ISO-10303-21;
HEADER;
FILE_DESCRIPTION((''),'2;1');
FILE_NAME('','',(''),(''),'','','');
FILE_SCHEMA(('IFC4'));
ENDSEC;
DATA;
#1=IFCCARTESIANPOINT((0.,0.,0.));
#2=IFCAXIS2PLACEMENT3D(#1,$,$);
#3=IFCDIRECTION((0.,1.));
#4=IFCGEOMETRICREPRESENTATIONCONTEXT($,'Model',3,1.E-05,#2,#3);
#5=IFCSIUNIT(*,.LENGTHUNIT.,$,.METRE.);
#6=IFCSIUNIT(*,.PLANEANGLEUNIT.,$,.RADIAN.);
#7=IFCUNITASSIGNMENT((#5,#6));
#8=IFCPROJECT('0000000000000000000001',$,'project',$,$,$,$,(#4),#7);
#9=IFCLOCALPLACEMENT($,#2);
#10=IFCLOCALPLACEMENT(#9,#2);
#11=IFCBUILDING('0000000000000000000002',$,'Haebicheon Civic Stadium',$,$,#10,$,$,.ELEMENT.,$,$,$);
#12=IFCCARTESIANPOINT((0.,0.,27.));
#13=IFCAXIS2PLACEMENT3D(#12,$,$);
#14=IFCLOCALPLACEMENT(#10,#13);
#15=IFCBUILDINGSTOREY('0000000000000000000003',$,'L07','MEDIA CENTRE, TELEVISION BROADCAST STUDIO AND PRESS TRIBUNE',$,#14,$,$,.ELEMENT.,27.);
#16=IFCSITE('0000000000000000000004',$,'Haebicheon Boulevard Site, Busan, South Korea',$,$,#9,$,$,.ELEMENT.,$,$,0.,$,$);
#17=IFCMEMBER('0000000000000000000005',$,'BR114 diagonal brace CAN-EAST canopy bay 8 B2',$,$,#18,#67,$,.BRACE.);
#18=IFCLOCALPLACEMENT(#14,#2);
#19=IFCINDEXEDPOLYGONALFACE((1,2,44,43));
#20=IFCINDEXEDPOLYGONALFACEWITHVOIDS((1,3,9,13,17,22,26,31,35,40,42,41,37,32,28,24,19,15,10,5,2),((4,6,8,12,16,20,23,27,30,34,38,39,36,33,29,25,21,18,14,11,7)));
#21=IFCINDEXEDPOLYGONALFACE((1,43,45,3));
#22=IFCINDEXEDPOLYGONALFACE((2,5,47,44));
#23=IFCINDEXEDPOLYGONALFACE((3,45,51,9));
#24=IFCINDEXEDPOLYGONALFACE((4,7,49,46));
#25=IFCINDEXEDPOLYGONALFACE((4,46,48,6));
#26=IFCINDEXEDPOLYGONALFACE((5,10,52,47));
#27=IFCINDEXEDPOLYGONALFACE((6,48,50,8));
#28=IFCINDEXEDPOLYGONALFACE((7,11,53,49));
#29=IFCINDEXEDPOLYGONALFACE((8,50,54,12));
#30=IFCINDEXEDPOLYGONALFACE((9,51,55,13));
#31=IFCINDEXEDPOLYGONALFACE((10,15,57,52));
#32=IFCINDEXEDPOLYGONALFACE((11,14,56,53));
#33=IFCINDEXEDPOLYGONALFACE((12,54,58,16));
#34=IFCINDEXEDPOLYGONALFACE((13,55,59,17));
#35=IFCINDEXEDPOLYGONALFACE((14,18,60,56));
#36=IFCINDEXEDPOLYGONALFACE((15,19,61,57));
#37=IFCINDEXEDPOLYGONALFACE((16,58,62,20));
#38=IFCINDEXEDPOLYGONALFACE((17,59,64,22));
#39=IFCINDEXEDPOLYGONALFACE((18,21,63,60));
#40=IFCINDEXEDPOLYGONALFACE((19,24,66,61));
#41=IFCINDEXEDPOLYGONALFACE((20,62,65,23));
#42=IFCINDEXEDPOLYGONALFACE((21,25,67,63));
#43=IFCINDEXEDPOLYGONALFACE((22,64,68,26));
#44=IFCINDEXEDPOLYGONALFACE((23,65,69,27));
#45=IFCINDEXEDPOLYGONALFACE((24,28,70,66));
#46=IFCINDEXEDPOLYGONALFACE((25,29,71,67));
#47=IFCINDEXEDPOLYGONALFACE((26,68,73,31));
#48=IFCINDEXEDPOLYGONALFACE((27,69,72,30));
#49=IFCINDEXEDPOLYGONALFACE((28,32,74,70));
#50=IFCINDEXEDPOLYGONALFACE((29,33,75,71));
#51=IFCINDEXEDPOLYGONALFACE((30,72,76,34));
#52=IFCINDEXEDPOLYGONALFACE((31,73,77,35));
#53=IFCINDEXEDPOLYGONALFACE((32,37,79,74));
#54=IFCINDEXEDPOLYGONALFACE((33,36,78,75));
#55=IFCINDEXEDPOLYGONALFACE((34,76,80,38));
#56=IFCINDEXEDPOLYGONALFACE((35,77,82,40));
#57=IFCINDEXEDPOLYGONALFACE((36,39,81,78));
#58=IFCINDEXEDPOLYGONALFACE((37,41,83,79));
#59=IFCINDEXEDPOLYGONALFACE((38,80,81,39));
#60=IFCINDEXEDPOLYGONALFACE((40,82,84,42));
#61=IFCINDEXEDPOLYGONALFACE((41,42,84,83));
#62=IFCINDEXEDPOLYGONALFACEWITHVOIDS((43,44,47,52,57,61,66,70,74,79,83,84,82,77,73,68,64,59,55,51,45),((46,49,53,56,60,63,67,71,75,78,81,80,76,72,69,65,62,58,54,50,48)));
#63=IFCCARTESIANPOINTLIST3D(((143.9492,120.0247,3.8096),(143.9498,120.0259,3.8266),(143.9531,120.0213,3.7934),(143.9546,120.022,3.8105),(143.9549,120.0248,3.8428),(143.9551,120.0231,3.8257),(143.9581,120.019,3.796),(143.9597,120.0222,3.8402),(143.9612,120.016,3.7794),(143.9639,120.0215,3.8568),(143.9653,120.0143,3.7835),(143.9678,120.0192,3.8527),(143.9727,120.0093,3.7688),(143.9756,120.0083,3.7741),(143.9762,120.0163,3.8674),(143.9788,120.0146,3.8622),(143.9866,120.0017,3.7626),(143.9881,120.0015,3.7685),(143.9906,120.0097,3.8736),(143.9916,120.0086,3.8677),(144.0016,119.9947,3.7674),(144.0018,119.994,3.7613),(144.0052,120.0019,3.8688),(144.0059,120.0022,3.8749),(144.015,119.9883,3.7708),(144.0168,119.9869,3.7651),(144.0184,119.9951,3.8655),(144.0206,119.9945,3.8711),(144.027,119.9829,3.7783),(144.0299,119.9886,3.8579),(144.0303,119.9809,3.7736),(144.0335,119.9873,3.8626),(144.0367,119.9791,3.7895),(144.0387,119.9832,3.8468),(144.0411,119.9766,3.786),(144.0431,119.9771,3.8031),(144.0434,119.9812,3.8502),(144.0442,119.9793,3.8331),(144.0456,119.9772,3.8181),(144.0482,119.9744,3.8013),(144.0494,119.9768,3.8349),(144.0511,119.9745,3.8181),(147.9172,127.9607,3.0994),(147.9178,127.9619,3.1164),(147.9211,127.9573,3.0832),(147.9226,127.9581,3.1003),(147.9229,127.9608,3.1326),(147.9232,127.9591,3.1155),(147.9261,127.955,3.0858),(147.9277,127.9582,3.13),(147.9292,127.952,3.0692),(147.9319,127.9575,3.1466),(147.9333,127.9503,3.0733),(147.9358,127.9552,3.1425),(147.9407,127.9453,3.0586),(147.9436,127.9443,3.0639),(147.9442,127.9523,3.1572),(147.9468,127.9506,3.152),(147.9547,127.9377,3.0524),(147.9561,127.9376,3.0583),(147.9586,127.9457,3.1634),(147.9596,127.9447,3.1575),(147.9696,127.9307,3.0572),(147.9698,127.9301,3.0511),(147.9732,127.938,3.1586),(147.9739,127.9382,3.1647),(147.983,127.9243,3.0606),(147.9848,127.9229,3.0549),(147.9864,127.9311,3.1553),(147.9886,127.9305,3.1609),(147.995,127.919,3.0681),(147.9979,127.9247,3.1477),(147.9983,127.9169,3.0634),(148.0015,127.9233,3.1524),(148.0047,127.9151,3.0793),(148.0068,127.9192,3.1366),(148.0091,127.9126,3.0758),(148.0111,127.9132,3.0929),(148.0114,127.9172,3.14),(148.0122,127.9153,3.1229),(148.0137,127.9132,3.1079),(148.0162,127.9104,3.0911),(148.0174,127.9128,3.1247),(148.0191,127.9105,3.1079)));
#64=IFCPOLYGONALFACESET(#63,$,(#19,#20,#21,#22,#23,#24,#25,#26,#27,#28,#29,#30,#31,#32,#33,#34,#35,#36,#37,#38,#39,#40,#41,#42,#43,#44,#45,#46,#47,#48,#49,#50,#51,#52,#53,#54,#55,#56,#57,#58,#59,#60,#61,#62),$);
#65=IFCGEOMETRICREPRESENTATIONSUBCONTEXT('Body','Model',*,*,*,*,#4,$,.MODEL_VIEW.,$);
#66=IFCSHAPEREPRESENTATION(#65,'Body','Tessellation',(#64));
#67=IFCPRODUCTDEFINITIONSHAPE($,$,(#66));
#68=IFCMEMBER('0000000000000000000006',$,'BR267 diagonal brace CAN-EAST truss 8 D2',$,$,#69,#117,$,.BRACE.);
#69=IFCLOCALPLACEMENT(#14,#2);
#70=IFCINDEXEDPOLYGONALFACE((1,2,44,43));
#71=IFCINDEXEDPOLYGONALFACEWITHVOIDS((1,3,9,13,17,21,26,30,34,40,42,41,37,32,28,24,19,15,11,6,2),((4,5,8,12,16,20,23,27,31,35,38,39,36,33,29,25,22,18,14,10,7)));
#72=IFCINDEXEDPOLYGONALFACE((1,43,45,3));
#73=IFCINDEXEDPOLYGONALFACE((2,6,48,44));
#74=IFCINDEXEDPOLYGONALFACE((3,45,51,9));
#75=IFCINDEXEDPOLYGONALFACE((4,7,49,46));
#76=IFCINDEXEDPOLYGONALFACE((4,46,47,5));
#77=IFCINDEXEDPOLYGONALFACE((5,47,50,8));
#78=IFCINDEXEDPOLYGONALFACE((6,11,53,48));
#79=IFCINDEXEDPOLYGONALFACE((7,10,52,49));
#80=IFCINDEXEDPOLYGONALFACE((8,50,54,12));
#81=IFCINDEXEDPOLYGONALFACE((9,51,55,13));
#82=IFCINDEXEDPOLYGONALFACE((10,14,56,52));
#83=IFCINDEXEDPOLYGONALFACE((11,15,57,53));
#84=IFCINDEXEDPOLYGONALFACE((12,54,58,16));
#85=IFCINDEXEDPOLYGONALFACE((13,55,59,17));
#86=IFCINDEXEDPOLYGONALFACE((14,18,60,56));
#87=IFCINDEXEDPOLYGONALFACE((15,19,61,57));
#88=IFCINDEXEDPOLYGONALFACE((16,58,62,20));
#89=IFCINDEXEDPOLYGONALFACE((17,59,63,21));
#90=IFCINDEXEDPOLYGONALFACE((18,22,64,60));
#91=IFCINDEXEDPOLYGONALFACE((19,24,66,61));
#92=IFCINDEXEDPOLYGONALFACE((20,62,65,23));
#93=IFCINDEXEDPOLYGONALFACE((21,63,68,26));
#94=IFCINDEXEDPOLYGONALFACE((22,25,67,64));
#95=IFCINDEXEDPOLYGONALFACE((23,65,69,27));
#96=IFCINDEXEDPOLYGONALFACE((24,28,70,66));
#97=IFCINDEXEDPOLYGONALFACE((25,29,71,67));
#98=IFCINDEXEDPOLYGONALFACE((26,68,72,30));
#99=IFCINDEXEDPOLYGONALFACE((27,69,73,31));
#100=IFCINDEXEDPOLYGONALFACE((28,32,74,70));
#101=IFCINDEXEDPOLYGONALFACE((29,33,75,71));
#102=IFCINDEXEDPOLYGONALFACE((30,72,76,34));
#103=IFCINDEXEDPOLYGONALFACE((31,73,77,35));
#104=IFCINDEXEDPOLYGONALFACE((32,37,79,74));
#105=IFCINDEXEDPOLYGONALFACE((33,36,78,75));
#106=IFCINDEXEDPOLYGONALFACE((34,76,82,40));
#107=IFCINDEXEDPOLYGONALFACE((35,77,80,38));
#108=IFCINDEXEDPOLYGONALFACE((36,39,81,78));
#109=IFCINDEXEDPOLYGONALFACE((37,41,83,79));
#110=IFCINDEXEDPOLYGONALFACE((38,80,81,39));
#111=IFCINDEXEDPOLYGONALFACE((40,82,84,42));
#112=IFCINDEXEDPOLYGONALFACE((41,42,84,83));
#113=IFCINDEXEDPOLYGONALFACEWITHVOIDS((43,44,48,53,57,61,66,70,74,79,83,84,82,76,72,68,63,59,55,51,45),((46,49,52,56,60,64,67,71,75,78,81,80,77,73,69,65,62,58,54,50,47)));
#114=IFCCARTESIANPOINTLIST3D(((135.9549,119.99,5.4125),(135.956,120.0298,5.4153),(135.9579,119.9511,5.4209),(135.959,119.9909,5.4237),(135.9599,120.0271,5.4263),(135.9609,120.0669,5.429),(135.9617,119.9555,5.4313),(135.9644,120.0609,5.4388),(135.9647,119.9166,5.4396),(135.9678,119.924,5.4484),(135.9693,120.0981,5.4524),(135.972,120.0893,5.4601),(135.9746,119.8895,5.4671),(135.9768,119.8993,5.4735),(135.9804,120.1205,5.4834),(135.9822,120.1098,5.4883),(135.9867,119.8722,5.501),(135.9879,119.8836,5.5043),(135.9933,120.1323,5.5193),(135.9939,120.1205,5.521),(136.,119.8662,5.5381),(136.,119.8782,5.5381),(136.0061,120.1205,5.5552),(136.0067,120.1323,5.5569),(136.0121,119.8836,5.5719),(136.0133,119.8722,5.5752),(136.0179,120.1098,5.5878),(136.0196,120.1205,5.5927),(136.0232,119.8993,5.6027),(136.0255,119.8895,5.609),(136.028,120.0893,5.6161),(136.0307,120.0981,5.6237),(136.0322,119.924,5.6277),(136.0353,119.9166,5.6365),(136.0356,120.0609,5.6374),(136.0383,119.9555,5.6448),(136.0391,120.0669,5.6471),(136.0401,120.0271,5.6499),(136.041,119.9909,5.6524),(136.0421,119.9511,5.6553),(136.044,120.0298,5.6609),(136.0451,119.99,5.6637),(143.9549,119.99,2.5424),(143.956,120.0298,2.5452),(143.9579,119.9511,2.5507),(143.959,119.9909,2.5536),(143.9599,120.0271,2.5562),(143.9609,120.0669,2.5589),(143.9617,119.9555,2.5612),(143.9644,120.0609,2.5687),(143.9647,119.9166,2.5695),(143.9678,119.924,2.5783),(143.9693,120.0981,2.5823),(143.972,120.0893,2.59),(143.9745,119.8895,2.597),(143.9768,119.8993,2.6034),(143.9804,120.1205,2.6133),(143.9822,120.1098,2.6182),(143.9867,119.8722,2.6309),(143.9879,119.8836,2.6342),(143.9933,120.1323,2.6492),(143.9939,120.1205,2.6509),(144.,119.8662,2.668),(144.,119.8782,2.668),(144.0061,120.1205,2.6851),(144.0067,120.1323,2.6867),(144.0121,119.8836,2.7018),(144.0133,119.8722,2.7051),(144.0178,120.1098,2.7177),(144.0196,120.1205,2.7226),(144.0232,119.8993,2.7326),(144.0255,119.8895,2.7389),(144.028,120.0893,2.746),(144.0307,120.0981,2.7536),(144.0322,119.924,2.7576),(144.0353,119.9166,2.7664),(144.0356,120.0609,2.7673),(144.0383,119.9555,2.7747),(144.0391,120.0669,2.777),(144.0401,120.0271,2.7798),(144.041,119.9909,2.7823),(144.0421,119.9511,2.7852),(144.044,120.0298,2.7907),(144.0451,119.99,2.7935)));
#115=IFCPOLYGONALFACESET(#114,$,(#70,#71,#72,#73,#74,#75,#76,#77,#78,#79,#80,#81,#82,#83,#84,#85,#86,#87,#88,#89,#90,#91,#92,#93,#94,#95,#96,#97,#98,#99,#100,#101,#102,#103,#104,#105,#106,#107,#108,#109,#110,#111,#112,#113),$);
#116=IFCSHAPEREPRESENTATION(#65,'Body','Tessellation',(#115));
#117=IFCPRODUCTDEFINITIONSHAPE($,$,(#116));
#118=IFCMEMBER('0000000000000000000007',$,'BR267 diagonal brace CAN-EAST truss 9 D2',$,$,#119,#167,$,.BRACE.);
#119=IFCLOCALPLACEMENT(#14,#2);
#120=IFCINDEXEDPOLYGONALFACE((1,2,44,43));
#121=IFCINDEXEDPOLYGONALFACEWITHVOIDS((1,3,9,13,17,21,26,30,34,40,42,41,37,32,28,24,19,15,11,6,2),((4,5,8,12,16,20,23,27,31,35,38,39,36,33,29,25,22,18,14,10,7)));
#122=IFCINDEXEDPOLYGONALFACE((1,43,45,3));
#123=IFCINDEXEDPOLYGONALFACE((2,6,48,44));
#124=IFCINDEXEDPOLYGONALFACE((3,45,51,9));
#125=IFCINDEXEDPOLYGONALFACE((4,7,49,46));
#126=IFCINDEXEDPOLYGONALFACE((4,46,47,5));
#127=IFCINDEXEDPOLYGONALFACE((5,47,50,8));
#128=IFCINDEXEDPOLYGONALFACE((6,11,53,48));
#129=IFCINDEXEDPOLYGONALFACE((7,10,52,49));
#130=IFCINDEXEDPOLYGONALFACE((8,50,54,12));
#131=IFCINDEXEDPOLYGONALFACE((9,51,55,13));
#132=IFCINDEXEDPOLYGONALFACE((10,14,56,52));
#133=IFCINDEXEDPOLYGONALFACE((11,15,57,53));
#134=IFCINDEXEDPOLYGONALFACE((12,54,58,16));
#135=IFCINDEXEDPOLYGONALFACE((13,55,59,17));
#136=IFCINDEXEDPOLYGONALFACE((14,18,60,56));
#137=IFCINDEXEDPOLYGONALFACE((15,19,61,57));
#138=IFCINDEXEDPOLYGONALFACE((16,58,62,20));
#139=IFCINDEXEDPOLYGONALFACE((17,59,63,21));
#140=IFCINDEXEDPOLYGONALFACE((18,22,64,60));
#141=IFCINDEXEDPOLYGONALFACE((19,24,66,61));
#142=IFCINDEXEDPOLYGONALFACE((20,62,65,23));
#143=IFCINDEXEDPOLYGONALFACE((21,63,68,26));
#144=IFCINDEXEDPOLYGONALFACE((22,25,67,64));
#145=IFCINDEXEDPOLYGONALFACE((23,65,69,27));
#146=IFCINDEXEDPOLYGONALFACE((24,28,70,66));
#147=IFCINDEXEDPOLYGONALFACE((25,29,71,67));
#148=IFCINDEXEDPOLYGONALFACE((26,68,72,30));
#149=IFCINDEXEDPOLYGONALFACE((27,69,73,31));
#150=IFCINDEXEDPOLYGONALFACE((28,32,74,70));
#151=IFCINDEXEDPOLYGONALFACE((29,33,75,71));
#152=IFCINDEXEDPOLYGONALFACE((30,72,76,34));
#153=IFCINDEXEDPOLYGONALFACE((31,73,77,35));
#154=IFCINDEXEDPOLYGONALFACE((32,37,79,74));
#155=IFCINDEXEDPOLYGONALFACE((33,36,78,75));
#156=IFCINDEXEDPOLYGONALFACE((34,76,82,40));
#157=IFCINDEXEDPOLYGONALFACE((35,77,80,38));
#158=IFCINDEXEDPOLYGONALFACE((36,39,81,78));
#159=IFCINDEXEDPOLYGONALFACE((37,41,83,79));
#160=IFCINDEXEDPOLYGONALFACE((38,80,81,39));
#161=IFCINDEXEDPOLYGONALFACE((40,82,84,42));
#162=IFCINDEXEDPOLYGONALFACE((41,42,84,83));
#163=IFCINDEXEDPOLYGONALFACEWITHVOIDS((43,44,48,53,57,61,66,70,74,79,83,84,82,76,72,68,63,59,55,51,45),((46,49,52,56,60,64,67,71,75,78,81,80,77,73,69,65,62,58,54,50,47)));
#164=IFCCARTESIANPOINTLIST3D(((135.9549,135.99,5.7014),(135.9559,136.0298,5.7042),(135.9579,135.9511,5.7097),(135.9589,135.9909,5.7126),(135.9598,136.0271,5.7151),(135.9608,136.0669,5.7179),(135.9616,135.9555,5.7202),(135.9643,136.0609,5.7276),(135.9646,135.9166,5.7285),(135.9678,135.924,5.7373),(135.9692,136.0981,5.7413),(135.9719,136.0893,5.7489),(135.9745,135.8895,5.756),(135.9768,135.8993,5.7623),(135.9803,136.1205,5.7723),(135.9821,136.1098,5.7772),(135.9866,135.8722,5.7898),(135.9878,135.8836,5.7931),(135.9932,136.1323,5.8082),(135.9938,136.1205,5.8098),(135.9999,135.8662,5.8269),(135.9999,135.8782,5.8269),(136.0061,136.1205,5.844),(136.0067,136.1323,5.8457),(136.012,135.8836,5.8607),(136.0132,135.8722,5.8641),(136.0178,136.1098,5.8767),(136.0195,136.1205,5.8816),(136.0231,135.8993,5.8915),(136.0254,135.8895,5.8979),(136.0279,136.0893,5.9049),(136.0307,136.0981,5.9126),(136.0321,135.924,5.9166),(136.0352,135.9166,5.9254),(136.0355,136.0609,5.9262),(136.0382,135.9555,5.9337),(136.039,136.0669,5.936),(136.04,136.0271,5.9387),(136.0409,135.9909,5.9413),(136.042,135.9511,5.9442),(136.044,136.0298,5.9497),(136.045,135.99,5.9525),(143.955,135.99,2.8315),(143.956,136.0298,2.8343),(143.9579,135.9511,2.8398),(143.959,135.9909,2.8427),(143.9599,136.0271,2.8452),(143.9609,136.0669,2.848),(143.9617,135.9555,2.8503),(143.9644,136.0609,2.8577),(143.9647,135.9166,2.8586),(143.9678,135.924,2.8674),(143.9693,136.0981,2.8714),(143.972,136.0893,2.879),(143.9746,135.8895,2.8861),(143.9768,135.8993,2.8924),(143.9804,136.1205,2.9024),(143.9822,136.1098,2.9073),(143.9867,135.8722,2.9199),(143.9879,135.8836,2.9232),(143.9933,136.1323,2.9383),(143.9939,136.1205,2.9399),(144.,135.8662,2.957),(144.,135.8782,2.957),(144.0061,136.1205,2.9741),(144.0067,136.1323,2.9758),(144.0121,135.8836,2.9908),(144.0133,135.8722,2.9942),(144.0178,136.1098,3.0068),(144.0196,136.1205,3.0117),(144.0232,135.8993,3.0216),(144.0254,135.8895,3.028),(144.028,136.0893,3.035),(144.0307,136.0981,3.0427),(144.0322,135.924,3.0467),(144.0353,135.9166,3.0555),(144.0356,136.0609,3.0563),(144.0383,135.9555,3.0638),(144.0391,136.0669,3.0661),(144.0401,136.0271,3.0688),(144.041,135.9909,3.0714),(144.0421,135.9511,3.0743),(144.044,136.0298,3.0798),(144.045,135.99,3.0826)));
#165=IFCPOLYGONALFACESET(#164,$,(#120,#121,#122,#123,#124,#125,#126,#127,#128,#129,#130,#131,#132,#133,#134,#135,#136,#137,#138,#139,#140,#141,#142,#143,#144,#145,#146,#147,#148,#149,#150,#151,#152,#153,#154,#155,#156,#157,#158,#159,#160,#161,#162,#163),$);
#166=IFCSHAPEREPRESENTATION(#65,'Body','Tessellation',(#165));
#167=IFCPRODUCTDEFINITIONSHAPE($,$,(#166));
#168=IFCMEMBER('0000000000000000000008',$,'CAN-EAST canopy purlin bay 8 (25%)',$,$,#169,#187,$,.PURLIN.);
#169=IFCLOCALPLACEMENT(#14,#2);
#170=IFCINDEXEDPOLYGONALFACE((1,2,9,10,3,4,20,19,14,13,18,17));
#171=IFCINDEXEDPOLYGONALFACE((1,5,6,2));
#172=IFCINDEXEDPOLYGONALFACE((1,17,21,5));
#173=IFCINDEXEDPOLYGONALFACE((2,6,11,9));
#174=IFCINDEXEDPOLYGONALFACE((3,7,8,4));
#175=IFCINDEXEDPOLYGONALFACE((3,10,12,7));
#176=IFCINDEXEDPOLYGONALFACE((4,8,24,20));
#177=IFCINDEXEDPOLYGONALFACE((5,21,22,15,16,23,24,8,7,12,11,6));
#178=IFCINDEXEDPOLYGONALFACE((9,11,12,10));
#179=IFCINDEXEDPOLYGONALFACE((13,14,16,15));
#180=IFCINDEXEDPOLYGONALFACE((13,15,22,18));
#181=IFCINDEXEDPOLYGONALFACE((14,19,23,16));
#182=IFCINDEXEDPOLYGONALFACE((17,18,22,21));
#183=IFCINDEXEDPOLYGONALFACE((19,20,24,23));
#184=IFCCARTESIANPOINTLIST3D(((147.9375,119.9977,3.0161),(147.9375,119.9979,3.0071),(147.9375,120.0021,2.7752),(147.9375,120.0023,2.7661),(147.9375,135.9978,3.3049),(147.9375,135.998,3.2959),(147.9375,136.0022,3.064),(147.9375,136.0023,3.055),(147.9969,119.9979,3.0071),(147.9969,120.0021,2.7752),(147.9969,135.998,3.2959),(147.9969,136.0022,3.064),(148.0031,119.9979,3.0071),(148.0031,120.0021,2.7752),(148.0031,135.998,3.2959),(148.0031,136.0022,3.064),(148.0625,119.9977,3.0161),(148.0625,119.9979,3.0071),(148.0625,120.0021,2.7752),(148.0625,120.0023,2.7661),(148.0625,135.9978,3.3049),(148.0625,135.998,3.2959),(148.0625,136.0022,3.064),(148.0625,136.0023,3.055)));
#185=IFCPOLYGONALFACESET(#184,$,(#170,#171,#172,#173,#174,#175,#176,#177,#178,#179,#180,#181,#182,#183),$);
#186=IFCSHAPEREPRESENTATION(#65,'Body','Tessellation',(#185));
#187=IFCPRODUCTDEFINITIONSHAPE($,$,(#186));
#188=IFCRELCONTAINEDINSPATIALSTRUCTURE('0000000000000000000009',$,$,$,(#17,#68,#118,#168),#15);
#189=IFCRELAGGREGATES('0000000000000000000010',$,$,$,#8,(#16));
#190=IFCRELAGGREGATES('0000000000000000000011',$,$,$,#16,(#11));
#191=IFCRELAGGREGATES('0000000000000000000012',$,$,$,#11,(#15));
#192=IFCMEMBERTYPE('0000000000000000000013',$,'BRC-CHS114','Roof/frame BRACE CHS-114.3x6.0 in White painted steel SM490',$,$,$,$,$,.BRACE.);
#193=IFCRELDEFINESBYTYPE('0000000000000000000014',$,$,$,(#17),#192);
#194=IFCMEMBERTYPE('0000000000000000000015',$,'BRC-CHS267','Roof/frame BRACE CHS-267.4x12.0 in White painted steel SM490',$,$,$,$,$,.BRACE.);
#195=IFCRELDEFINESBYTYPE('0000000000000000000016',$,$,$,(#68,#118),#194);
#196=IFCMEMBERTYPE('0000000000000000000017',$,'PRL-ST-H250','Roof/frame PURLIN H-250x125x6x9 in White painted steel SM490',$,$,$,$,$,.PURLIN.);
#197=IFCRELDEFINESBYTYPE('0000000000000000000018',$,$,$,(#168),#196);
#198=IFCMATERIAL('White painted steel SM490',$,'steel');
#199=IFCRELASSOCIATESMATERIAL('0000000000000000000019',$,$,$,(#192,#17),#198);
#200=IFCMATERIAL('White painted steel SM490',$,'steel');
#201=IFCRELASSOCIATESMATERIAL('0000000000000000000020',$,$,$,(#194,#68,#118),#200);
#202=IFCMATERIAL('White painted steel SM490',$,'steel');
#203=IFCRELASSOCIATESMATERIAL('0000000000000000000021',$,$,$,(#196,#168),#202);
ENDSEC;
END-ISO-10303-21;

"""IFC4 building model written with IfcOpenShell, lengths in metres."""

from ifc_helpers import new_model, si_unit, direction, frame, origin, origin_2d, place, context, subcontext, project, spatial, hollow_circle, i_section, extrude, material, material_profile, profile_set, type_object, element, save


model = new_model("IFC4")

# Units and contexts
model_context = context("Model", 3, precision=1e-05, world=origin(), true_north=direction((0.0, 1.0)))
body_context = subcontext(model_context, "Body", "Model", "MODEL_VIEW")
ifc_project = project(units=[si_unit("LENGTHUNIT", "METRE"), si_unit("PLANEANGLEUNIT", "RADIAN")], contexts=[model_context])

# Site, building, storey
site_placement = place(None, origin())
site = spatial("IfcSite", under=ifc_project, at=site_placement, Name="Haebicheon Boulevard Site, Busan, South Korea", CompositionType="ELEMENT", RefElevation=0.0)
building_placement = place(site_placement, origin())
building = spatial("IfcBuilding", under=site, at=building_placement, Name="Haebicheon Civic Stadium", CompositionType="ELEMENT")
storey_placement = place(building_placement, frame((0.0, 0.0, 27.0)))
storey = spatial("IfcBuildingStorey", under=building, at=storey_placement, Name="L07", Description="MEDIA CENTRE, TELEVISION BROADCAST STUDIO AND PRESS TRIBUNE", CompositionType="ELEMENT", Elevation=27.0)

# Members
ifc_material_1 = material(Name="White painted steel SM490", Category="steel")
ifc_material_profile_1 = material_profile(ifc_material_1, hollow_circle(Radius=0.0571, WallThickness=0.0061, at=origin_2d()), Name="CHS-114.3x6.0")
ifc_profile_set_1 = profile_set([ifc_material_profile_1], Name="White painted steel SM490")
member_type_1 = type_object("IfcMemberType", Name="BRC-CHS114", Description="Roof/frame BRACE CHS-114.3x6.0 in White painted steel SM490", PredefinedType="BRACE", material=ifc_profile_set_1)
member_1_placement = place(storey_placement, frame((147.968, 127.936, 3.1079), z_axis=(-0.445788, -0.891576, 0.079788), x_axis=(0.894427, -0.447214, 0.0)))
element("IfcMember", 1, at=member_1_placement, inside=storey, type_object=member_type_1, material=ifc_profile_set_1, Name="BR114 diagonal brace CAN-EAST canopy bay 8 B2", PredefinedType="BRACE", context=body_context, shape_type="SweptSolid", body=[
    extrude(hollow_circle(Radius=0.0571, WallThickness=0.0061, at=origin_2d()), origin(), (0.0, 0.0, 1.0), 8.9011),
])
ifc_material_2 = material(Name="White painted steel SM490", Category="steel")
ifc_material_profile_2 = material_profile(ifc_material_2, hollow_circle(Radius=0.1338, WallThickness=0.012, at=origin_2d()), Name="CHS-267.4x12.0")
ifc_profile_set_2 = profile_set([ifc_material_profile_2], Name="White painted steel SM490")
member_type_2 = type_object("IfcMemberType", Name="BRC-CHS267", Description="Roof/frame BRACE CHS-267.4x12.0 in White painted steel SM490", PredefinedType="BRACE", material=ifc_profile_set_2)
for number, where, z_axis, x_axis, name in (
    (2, (144.0, 120.0, 2.668), (-0.941257, 0.0, 0.33769), (0.0, -1.0, 0.0), "BR267 diagonal brace CAN-EAST truss 8 D2"),
    (3, (144.0, 136.0, 2.957), (-0.941267, 0.0, 0.337664), (0.0, -1.0, 0.0), "BR267 diagonal brace CAN-EAST truss 9 D2"),
):
    element("IfcMember", number, at=place(storey_placement, frame(where, z_axis=z_axis, x_axis=x_axis)), inside=storey, type_object=member_type_2, material=ifc_profile_set_2, Name=name, PredefinedType="BRACE", context=body_context, shape_type="SweptSolid", body=[
        extrude(hollow_circle(Radius=0.1338, WallThickness=0.012, at=origin_2d()), origin(), (0.0, 0.0, 1.0), 8.4993),
    ])
ifc_material_3 = material(Name="White painted steel SM490", Category="steel")
ifc_material_profile_3 = material_profile(ifc_material_3, i_section(OverallWidth=0.125, OverallDepth=0.25, WebThickness=0.0061, FlangeThickness=0.009, at=origin_2d()), Name="H-250x125x6x9")
ifc_profile_set_3 = profile_set([ifc_material_profile_3], Name="White painted steel SM490")
member_type_3 = type_object("IfcMemberType", Name="PRL-ST-H250", Description="Roof/frame PURLIN H-250x125x6x9 in White painted steel SM490", PredefinedType="PURLIN", material=ifc_profile_set_3)
member_2_placement = place(storey_placement, frame((148.0, 120.0, 2.8911), z_axis=(0.0, 0.999837, 0.018048), x_axis=(-1.0, 0.0, 0.0)))
element("IfcMember", 4, at=member_2_placement, inside=storey, type_object=member_type_3, material=ifc_profile_set_3, Name="CAN-EAST canopy purlin bay 8 (25%)", PredefinedType="PURLIN", context=body_context, shape_type="SweptSolid", body=[
    extrude(i_section(OverallWidth=0.125, OverallDepth=0.25, WebThickness=0.0061, FlangeThickness=0.009, at=origin_2d()), origin(), (0.0, 0.0, 1.0), 16.0027),
])

save(model, "model.ifc")
